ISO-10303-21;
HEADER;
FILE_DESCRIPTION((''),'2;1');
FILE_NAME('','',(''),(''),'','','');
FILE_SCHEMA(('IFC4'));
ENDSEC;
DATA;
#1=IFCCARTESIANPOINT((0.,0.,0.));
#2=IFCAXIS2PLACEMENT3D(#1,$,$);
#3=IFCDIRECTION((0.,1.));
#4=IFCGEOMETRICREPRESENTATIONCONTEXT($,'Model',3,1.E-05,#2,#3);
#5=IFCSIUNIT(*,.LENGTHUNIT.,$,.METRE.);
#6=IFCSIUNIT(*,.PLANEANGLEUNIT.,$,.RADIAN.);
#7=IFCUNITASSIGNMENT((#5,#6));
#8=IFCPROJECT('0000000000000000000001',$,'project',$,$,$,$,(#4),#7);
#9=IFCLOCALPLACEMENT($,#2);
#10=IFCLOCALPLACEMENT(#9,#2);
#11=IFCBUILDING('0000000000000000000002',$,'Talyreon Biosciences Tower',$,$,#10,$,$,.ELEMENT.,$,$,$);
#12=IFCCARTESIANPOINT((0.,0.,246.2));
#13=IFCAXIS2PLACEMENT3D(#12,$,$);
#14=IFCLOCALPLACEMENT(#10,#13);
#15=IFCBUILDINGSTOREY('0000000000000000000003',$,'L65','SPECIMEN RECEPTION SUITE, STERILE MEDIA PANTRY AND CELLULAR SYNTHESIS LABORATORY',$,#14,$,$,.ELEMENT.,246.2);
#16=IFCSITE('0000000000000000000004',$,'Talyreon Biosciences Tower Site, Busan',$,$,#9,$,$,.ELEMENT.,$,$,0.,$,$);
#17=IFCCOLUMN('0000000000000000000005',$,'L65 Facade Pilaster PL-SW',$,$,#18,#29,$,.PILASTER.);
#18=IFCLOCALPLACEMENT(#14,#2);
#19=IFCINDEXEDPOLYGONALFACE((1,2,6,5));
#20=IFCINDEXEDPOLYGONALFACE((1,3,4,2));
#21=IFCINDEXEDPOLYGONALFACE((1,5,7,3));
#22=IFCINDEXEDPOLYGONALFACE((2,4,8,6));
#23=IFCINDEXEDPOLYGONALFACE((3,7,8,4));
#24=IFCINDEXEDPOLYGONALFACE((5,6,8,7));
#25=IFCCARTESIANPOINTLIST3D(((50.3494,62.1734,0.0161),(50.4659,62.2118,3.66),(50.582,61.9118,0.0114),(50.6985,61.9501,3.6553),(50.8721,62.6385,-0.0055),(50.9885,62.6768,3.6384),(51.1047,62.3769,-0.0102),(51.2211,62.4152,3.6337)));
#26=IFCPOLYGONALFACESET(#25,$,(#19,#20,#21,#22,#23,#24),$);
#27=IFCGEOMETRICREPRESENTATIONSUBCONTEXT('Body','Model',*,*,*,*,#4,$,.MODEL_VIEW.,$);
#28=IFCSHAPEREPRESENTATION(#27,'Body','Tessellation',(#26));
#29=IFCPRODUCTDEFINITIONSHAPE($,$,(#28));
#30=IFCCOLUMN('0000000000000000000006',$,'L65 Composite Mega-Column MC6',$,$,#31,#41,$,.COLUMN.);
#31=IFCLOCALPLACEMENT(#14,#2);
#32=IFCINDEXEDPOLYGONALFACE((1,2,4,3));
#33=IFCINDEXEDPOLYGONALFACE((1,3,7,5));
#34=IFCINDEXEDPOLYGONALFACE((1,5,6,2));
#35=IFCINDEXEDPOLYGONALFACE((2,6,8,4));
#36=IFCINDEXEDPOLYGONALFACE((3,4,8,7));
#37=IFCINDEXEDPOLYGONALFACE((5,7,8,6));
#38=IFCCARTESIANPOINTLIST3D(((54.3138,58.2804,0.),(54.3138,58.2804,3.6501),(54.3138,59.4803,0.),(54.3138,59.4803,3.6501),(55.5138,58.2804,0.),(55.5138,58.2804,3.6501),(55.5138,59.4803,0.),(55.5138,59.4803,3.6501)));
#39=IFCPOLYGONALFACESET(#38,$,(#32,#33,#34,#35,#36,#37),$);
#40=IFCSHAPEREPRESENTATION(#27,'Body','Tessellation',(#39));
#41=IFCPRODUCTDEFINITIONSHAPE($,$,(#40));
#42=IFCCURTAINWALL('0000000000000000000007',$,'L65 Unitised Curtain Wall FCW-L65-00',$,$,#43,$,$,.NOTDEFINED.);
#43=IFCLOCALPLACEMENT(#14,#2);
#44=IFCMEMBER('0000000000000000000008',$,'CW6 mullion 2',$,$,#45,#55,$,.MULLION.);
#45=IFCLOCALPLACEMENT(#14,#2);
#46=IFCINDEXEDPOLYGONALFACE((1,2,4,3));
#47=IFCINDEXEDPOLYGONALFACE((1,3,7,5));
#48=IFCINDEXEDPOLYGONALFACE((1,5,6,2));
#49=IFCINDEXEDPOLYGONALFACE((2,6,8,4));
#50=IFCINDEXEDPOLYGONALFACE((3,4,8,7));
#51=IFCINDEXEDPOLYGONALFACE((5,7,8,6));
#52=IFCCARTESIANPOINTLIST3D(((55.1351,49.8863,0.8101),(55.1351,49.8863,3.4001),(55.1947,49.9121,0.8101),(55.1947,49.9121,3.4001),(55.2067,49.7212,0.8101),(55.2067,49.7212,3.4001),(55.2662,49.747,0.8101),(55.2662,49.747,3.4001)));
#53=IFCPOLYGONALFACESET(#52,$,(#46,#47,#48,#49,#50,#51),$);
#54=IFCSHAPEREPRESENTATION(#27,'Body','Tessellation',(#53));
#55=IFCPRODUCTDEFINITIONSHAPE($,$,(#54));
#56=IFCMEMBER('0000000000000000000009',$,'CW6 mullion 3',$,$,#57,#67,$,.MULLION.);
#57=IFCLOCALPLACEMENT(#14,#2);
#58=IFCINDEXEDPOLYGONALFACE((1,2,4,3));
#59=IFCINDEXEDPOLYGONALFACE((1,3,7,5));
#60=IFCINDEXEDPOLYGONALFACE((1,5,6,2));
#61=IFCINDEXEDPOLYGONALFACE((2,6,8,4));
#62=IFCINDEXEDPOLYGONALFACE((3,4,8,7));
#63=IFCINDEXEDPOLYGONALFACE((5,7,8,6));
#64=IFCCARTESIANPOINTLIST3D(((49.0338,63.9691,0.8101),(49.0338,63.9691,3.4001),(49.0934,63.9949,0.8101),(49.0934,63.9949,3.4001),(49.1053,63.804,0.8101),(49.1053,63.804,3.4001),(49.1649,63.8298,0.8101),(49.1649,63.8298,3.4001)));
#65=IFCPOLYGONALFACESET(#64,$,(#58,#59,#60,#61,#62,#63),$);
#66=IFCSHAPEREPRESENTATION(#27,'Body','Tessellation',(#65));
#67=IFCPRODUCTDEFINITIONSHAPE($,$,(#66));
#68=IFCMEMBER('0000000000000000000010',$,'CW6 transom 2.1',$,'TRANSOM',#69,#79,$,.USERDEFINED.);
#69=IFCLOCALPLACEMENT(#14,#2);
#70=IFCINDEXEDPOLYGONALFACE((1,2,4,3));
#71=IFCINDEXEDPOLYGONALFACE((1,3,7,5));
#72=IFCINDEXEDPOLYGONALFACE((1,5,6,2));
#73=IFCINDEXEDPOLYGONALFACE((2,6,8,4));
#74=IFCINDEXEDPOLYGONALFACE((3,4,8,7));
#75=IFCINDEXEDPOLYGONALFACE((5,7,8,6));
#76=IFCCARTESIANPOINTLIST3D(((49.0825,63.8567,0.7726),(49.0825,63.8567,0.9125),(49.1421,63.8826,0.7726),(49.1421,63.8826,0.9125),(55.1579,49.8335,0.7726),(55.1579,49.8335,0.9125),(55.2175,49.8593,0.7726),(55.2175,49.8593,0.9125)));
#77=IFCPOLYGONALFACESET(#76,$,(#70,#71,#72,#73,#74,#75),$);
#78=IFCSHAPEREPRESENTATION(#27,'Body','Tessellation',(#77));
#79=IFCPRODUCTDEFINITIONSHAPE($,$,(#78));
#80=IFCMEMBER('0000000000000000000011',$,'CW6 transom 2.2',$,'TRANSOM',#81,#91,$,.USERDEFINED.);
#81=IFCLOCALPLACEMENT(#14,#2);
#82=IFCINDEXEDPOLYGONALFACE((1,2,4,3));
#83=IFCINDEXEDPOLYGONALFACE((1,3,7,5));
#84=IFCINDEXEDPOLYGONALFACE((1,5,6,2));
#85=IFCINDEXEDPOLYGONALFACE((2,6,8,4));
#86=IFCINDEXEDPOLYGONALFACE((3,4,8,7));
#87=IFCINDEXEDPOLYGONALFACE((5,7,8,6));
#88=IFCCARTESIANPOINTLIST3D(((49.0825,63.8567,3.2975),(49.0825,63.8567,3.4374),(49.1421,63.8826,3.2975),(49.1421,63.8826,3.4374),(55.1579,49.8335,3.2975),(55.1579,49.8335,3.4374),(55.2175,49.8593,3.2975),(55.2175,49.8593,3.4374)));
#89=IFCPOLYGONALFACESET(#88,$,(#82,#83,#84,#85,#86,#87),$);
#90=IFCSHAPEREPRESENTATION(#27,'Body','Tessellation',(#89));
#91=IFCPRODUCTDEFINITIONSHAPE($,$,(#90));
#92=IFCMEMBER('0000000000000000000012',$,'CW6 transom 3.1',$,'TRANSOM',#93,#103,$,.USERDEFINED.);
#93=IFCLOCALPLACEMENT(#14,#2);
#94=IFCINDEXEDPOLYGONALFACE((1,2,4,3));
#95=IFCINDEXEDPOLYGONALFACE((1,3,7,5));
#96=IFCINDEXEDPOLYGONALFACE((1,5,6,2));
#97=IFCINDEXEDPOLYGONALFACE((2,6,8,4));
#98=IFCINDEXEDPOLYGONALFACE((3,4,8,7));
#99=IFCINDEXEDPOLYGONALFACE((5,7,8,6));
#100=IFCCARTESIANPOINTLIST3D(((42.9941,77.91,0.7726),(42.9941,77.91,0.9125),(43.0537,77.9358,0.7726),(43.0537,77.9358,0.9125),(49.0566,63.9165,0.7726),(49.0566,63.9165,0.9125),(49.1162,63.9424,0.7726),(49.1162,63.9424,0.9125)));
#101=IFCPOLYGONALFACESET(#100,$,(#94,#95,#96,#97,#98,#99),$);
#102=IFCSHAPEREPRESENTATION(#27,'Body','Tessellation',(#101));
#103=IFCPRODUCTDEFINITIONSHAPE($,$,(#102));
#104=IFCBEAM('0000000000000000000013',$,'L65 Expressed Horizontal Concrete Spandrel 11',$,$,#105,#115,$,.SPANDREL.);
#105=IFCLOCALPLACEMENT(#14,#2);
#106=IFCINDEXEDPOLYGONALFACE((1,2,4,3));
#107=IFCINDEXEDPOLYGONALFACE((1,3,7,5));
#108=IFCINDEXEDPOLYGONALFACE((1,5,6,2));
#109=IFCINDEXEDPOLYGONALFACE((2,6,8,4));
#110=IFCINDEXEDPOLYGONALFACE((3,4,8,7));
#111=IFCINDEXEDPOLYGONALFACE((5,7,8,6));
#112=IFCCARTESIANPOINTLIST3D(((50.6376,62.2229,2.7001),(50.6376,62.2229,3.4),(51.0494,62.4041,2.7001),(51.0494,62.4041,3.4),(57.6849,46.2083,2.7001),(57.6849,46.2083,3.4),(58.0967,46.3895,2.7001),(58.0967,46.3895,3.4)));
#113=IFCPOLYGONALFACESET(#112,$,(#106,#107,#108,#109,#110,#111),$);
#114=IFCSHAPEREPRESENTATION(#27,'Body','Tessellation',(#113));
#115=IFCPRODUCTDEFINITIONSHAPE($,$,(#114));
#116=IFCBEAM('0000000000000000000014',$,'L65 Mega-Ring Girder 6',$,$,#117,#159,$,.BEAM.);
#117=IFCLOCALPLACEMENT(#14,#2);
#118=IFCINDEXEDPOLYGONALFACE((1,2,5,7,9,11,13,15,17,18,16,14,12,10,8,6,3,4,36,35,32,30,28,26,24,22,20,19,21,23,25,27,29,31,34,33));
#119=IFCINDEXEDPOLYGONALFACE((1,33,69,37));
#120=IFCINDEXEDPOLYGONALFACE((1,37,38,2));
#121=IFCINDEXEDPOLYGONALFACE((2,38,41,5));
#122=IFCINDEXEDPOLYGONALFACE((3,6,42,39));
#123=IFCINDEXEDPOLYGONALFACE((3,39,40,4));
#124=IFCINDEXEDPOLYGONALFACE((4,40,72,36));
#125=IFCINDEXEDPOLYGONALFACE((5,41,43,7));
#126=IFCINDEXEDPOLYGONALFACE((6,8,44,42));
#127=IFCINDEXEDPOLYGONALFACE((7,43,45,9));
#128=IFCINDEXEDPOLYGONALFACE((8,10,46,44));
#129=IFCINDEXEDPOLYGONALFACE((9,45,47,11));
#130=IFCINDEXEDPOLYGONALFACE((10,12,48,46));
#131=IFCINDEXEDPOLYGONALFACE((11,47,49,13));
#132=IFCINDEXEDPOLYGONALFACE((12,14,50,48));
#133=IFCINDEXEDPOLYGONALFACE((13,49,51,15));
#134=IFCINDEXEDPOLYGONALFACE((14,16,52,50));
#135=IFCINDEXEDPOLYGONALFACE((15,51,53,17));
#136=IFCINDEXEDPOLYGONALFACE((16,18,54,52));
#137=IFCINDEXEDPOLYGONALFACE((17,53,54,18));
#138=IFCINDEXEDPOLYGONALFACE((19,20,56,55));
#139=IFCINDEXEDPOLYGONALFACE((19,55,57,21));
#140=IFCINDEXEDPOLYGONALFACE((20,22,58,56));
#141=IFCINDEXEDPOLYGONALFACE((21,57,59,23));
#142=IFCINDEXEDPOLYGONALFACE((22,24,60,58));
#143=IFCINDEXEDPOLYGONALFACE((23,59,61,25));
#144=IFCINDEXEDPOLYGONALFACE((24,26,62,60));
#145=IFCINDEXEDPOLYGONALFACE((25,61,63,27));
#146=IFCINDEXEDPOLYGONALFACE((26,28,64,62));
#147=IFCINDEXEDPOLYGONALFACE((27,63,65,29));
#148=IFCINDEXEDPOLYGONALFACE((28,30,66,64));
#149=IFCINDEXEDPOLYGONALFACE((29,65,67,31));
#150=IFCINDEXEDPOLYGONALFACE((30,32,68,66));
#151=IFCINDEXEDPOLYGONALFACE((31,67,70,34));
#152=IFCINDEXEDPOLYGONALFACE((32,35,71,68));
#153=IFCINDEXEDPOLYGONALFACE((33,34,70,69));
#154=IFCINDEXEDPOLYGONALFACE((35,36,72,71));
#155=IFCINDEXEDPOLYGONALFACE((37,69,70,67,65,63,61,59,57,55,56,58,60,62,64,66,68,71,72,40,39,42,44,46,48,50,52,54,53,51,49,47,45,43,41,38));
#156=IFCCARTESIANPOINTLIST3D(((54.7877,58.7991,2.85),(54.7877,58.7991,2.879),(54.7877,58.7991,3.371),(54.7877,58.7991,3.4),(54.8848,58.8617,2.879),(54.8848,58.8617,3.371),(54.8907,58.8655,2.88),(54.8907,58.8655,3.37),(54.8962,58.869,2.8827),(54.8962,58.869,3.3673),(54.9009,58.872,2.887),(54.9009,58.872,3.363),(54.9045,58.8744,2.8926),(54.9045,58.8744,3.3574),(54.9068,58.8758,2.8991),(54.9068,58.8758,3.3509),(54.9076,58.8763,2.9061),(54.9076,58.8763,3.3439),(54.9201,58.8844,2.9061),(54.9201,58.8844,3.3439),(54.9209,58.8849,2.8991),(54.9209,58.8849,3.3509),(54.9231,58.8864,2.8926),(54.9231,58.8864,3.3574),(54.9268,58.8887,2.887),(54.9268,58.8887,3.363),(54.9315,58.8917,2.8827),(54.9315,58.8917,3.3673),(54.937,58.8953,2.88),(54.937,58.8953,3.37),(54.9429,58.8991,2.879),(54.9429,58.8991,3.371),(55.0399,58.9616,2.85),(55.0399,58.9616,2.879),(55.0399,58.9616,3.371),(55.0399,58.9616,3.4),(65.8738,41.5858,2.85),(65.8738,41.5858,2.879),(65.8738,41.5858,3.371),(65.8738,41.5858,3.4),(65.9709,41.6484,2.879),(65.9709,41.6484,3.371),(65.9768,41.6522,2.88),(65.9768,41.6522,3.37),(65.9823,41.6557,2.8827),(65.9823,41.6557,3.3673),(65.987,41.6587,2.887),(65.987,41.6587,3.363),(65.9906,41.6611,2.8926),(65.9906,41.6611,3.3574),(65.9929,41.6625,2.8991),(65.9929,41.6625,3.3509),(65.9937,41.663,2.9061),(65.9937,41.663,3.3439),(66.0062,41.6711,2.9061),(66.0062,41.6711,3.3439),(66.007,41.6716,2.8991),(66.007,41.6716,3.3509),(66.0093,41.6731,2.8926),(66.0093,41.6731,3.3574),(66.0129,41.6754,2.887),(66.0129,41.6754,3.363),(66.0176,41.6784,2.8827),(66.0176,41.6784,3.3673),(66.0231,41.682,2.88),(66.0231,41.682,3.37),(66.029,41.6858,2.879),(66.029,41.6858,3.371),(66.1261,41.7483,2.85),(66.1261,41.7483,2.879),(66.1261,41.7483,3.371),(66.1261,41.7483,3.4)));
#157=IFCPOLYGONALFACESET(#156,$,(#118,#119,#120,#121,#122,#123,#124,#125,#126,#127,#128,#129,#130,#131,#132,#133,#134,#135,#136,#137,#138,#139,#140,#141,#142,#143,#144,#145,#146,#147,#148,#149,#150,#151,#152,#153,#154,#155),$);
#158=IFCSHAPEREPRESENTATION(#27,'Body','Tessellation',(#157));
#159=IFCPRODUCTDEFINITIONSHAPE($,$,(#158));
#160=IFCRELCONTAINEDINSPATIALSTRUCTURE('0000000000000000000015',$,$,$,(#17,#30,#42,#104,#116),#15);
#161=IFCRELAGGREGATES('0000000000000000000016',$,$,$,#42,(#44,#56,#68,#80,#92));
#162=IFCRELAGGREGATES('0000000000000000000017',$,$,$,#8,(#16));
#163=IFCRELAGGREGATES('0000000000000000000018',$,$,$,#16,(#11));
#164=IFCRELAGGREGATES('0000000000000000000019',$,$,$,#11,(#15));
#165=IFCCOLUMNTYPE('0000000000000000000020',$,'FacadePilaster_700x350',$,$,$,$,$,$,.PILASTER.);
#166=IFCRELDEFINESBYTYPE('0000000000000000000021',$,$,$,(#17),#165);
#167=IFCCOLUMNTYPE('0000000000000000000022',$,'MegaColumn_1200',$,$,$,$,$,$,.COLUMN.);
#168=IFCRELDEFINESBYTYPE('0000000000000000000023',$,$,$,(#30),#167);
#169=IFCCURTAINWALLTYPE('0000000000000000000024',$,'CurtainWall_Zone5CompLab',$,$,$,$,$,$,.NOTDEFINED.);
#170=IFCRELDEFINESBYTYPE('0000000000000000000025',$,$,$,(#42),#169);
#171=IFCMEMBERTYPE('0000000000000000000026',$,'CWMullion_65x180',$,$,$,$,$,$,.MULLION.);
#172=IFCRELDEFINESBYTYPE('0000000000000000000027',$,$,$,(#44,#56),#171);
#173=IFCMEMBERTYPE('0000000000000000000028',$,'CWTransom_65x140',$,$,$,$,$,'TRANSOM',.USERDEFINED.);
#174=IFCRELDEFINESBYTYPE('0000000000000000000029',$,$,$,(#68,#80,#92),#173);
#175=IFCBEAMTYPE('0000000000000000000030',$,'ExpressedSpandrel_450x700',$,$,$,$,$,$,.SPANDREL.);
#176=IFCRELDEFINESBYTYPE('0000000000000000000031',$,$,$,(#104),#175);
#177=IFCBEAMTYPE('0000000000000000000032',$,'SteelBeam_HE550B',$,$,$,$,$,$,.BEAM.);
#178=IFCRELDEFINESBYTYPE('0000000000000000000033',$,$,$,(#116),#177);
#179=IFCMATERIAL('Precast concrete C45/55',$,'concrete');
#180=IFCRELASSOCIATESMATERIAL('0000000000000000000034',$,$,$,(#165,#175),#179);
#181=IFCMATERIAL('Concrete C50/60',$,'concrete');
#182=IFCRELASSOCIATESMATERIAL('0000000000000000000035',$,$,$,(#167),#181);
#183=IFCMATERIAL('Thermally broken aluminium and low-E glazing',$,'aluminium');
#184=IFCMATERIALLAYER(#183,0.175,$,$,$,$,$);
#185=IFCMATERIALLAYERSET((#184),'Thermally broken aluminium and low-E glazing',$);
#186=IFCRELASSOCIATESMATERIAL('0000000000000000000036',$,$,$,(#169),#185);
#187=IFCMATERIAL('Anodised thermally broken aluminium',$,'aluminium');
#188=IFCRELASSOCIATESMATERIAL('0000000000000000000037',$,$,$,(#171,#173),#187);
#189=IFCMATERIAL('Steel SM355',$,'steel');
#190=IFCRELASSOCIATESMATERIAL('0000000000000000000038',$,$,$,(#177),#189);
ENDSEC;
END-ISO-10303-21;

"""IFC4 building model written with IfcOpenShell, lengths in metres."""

from ifc_helpers import new_model, si_unit, direction, frame, origin, origin_2d, place, context, subcontext, project, spatial, rectangle, i_section, extrude, material, layer, layer_set, material_profile, profile_set, type_object, element, aggregate, save


model = new_model("IFC4")

# Units and contexts
model_context = context("Model", 3, precision=1e-05, world=origin(), true_north=direction((0.0, 1.0)))
body_context = subcontext(model_context, "Body", "Model", "MODEL_VIEW")
ifc_project = project(units=[si_unit("LENGTHUNIT", "METRE"), si_unit("PLANEANGLEUNIT", "RADIAN")], contexts=[model_context])

# Site, building, storey
site_placement = place(None, origin())
site = spatial("IfcSite", under=ifc_project, at=site_placement, Name="Talyreon Biosciences Tower Site, Busan", CompositionType="ELEMENT", RefElevation=0.0)
building_placement = place(site_placement, origin())
building = spatial("IfcBuilding", under=site, at=building_placement, Name="Talyreon Biosciences Tower", CompositionType="ELEMENT")
storey_placement = place(building_placement, frame((0.0, 0.0, 246.2)))
storey = spatial("IfcBuildingStorey", under=building, at=storey_placement, Name="L65", Description="SPECIMEN RECEPTION SUITE, STERILE MEDIA PANTRY AND CELLULAR SYNTHESIS LABORATORY", CompositionType="ELEMENT", Elevation=246.2)

# Columns
ifc_material_1 = material(Name="Precast concrete C45/55", Category="concrete")
ifc_material_profile_1 = material_profile(ifc_material_1, rectangle(XDim=0.7, YDim=0.3501, at=origin_2d()), Name="RC 700x350")
ifc_profile_set_1 = profile_set([ifc_material_profile_1], Name="Precast concrete C45/55")
column_type_1 = type_object("IfcColumnType", Name="FacadePilaster_700x350", PredefinedType="PILASTER", material=ifc_profile_set_1)
column_1_placement = place(storey_placement, frame((50.7271, 62.2751, 0.0029), z_axis=(0.03194, 0.010513, 0.999435), x_axis=(0.746732, 0.664409, -0.030852)))
element("IfcColumn", 1, at=column_1_placement, inside=storey, type_object=column_type_1, Name="L65 Facade Pilaster PL-SW", PredefinedType="PILASTER", context=body_context, shape_type="SweptSolid", body=[
    extrude(rectangle(XDim=0.7, YDim=0.3501, at=origin_2d()), origin(), (0.0, 0.0, 1.0), 3.646),
])
ifc_material_2 = material(Name="Concrete C50/60", Category="concrete")
ifc_material_profile_2 = material_profile(ifc_material_2, rectangle(XDim=1.2, YDim=1.2, at=origin_2d()), Name="RC 1200x1200")
ifc_profile_set_2 = profile_set([ifc_material_profile_2], Name="Concrete C50/60")
column_type_2 = type_object("IfcColumnType", Name="MegaColumn_1200", PredefinedType="COLUMN", material=ifc_profile_set_2)
column_2_placement = place(storey_placement, frame((54.9138, 58.8804, 0.0), z_axis=(0.0, 0.0, 1.0), x_axis=(1.0, 0.0, 0.0)))
element("IfcColumn", 2, at=column_2_placement, inside=storey, type_object=column_type_2, Name="L65 Composite Mega-Column MC6", PredefinedType="COLUMN", context=body_context, shape_type="SweptSolid", body=[
    extrude(rectangle(XDim=1.2, YDim=1.2, at=origin_2d()), origin(), (0.0, 0.0, 1.0), 3.6501),
])

# Curtain wall, members
ifc_material_3 = material(Name="Thermally broken aluminium and low-E glazing", Category="aluminium")
ifc_layer_1 = layer(ifc_material_3, 0.175)
ifc_layer_set_1 = layer_set([ifc_layer_1], Name="Thermally broken aluminium and low-E glazing")
curtain_wall_type = type_object("IfcCurtainWallType", Name="CurtainWall_Zone5CompLab", PredefinedType="NOTDEFINED", material=ifc_layer_set_1)
curtain_wall_placement = place(storey_placement, origin())
curtain_wall = element("IfcCurtainWall", 3, at=curtain_wall_placement, inside=storey, type_object=curtain_wall_type, Name="L65 Unitised Curtain Wall FCW-L65-00", PredefinedType="NOTDEFINED")
ifc_material_4 = material(Name="Anodised thermally broken aluminium", Category="aluminium")
ifc_material_profile_3 = material_profile(ifc_material_4, rectangle(XDim=0.0649, YDim=0.1799, at=origin_2d()), Name="ALUM MULLION 65x180")
ifc_profile_set_3 = profile_set([ifc_material_profile_3], Name="Anodised thermally broken aluminium")
member_type_1 = type_object("IfcMemberType", Name="CWMullion_65x180", PredefinedType="MULLION", material=ifc_profile_set_3)
member_1_placement = place(storey_placement, frame((55.2007, 49.8167, 0.8101), z_axis=(0.0, 0.0, 1.0), x_axis=(-0.917586, -0.397537, 0.0)))
member_1 = element("IfcMember", 4, at=member_1_placement, type_object=member_type_1, Name="CW6 mullion 2", PredefinedType="MULLION", context=body_context, shape_type="SweptSolid", body=[
    extrude(rectangle(XDim=0.0649, YDim=0.1799, at=origin_2d()), origin(), (0.0, 0.0, 1.0), 2.5901),
])
member_2_placement = place(storey_placement, frame((49.0994, 63.8994, 0.8101), z_axis=(0.0, 0.0, 1.0), x_axis=(-0.917586, -0.397537, 0.0)))
member_2 = element("IfcMember", 5, at=member_2_placement, type_object=member_type_1, Name="CW6 mullion 3", PredefinedType="MULLION", context=body_context, shape_type="SweptSolid", body=[
    extrude(rectangle(XDim=0.0649, YDim=0.1799, at=origin_2d()), origin(), (0.0, 0.0, 1.0), 2.5901),
])
ifc_material_profile_4 = material_profile(ifc_material_4, rectangle(XDim=0.0649, YDim=0.1399, at=origin_2d()), Name="ALUM TRANSOM 65x140")
ifc_profile_set_4 = profile_set([ifc_material_profile_4], Name="Anodised thermally broken aluminium")
member_type_2 = type_object("IfcMemberType", Name="CWTransom_65x140", ElementType="TRANSOM", PredefinedType="USERDEFINED", material=ifc_profile_set_4)
member_3_placement = place(storey_placement, frame((55.1877, 49.8464, 0.8425), z_axis=(-0.397537, 0.917586, 0.0), x_axis=(-0.917586, -0.397537, 0.0)))
member_3 = element("IfcMember", 6, at=member_3_placement, type_object=member_type_2, Name="CW6 transom 2.1", ObjectType="TRANSOM", PredefinedType="USERDEFINED", context=body_context, shape_type="SweptSolid", body=[
    extrude(rectangle(XDim=0.0649, YDim=0.1399, at=origin_2d()), origin(), (0.0, 0.0, 1.0), 15.2827),
])
member_4_placement = place(storey_placement, frame((55.1877, 49.8464, 3.3674), z_axis=(-0.397537, 0.917586, 0.0), x_axis=(-0.917586, -0.397537, 0.0)))
member_4 = element("IfcMember", 7, at=member_4_placement, type_object=member_type_2, Name="CW6 transom 2.2", ObjectType="TRANSOM", PredefinedType="USERDEFINED", context=body_context, shape_type="SweptSolid", body=[
    extrude(rectangle(XDim=0.0649, YDim=0.1399, at=origin_2d()), origin(), (0.0, 0.0, 1.0), 15.2827),
])
member_5_placement = place(storey_placement, frame((49.0864, 63.9294, 0.8425), z_axis=(-0.397535, 0.917587, 0.0), x_axis=(-0.917587, -0.397535, 0.0)))
member_5 = element("IfcMember", 8, at=member_5_placement, type_object=member_type_2, Name="CW6 transom 3.1", ObjectType="TRANSOM", PredefinedType="USERDEFINED", context=body_context, shape_type="SweptSolid", body=[
    extrude(rectangle(XDim=0.0649, YDim=0.1399, at=origin_2d()), origin(), (0.0, 0.0, 1.0), 15.2502),
])

# Beams
ifc_material_profile_5 = material_profile(ifc_material_1, rectangle(XDim=0.45, YDim=0.7, at=origin_2d()), Name="RCB 450x700")
ifc_profile_set_5 = profile_set([ifc_material_profile_5], Name="Precast concrete C45/55")
beam_type_1 = type_object("IfcBeamType", Name="ExpressedSpandrel_450x700", PredefinedType="SPANDREL", material=ifc_profile_set_5)
beam_1_placement = place(storey_placement, frame((50.8435, 62.3135, 3.05), z_axis=(0.402783, -0.915296, 0.0), x_axis=(0.915296, 0.402783, 0.0)))
element("IfcBeam", 9, at=beam_1_placement, inside=storey, type_object=beam_type_1, Name="L65 Expressed Horizontal Concrete Spandrel 11", PredefinedType="SPANDREL", context=body_context, shape_type="SweptSolid", body=[
    extrude(rectangle(XDim=0.45, YDim=0.7, at=origin_2d()), origin(), (0.0, 0.0, 1.0), 17.4966),
])
ifc_material_5 = material(Name="Steel SM355", Category="steel")
ifc_material_profile_6 = material_profile(ifc_material_5, i_section(OverallWidth=0.3, OverallDepth=0.55, WebThickness=0.0149, FlangeThickness=0.0291, FilletRadius=0.0271, at=origin_2d()), Name="HE550B")
ifc_profile_set_6 = profile_set([ifc_material_profile_6], Name="Steel SM355")
beam_type_2 = type_object("IfcBeamType", Name="SteelBeam_HE550B", PredefinedType="BEAM", material=ifc_profile_set_6)
beam_2_placement = place(storey_placement, frame((54.9138, 58.8804, 3.125), z_axis=(0.541464, -0.840724, 0.0), x_axis=(0.840724, 0.541464, 0.0)))
element("IfcBeam", 10, at=beam_2_placement, inside=storey, type_object=beam_type_2, Name="L65 Mega-Ring Girder 6", PredefinedType="BEAM", context=body_context, shape_type="SweptSolid", body=[
    extrude(i_section(OverallWidth=0.3, OverallDepth=0.55, WebThickness=0.0149, FlangeThickness=0.0291, FilletRadius=0.0271, at=origin_2d()), origin(), (0.0, 0.0, 1.0), 20.4744),
])

aggregate(curtain_wall, [member_1, member_2, member_3, member_4, member_5])

save(model, "model.ifc")
